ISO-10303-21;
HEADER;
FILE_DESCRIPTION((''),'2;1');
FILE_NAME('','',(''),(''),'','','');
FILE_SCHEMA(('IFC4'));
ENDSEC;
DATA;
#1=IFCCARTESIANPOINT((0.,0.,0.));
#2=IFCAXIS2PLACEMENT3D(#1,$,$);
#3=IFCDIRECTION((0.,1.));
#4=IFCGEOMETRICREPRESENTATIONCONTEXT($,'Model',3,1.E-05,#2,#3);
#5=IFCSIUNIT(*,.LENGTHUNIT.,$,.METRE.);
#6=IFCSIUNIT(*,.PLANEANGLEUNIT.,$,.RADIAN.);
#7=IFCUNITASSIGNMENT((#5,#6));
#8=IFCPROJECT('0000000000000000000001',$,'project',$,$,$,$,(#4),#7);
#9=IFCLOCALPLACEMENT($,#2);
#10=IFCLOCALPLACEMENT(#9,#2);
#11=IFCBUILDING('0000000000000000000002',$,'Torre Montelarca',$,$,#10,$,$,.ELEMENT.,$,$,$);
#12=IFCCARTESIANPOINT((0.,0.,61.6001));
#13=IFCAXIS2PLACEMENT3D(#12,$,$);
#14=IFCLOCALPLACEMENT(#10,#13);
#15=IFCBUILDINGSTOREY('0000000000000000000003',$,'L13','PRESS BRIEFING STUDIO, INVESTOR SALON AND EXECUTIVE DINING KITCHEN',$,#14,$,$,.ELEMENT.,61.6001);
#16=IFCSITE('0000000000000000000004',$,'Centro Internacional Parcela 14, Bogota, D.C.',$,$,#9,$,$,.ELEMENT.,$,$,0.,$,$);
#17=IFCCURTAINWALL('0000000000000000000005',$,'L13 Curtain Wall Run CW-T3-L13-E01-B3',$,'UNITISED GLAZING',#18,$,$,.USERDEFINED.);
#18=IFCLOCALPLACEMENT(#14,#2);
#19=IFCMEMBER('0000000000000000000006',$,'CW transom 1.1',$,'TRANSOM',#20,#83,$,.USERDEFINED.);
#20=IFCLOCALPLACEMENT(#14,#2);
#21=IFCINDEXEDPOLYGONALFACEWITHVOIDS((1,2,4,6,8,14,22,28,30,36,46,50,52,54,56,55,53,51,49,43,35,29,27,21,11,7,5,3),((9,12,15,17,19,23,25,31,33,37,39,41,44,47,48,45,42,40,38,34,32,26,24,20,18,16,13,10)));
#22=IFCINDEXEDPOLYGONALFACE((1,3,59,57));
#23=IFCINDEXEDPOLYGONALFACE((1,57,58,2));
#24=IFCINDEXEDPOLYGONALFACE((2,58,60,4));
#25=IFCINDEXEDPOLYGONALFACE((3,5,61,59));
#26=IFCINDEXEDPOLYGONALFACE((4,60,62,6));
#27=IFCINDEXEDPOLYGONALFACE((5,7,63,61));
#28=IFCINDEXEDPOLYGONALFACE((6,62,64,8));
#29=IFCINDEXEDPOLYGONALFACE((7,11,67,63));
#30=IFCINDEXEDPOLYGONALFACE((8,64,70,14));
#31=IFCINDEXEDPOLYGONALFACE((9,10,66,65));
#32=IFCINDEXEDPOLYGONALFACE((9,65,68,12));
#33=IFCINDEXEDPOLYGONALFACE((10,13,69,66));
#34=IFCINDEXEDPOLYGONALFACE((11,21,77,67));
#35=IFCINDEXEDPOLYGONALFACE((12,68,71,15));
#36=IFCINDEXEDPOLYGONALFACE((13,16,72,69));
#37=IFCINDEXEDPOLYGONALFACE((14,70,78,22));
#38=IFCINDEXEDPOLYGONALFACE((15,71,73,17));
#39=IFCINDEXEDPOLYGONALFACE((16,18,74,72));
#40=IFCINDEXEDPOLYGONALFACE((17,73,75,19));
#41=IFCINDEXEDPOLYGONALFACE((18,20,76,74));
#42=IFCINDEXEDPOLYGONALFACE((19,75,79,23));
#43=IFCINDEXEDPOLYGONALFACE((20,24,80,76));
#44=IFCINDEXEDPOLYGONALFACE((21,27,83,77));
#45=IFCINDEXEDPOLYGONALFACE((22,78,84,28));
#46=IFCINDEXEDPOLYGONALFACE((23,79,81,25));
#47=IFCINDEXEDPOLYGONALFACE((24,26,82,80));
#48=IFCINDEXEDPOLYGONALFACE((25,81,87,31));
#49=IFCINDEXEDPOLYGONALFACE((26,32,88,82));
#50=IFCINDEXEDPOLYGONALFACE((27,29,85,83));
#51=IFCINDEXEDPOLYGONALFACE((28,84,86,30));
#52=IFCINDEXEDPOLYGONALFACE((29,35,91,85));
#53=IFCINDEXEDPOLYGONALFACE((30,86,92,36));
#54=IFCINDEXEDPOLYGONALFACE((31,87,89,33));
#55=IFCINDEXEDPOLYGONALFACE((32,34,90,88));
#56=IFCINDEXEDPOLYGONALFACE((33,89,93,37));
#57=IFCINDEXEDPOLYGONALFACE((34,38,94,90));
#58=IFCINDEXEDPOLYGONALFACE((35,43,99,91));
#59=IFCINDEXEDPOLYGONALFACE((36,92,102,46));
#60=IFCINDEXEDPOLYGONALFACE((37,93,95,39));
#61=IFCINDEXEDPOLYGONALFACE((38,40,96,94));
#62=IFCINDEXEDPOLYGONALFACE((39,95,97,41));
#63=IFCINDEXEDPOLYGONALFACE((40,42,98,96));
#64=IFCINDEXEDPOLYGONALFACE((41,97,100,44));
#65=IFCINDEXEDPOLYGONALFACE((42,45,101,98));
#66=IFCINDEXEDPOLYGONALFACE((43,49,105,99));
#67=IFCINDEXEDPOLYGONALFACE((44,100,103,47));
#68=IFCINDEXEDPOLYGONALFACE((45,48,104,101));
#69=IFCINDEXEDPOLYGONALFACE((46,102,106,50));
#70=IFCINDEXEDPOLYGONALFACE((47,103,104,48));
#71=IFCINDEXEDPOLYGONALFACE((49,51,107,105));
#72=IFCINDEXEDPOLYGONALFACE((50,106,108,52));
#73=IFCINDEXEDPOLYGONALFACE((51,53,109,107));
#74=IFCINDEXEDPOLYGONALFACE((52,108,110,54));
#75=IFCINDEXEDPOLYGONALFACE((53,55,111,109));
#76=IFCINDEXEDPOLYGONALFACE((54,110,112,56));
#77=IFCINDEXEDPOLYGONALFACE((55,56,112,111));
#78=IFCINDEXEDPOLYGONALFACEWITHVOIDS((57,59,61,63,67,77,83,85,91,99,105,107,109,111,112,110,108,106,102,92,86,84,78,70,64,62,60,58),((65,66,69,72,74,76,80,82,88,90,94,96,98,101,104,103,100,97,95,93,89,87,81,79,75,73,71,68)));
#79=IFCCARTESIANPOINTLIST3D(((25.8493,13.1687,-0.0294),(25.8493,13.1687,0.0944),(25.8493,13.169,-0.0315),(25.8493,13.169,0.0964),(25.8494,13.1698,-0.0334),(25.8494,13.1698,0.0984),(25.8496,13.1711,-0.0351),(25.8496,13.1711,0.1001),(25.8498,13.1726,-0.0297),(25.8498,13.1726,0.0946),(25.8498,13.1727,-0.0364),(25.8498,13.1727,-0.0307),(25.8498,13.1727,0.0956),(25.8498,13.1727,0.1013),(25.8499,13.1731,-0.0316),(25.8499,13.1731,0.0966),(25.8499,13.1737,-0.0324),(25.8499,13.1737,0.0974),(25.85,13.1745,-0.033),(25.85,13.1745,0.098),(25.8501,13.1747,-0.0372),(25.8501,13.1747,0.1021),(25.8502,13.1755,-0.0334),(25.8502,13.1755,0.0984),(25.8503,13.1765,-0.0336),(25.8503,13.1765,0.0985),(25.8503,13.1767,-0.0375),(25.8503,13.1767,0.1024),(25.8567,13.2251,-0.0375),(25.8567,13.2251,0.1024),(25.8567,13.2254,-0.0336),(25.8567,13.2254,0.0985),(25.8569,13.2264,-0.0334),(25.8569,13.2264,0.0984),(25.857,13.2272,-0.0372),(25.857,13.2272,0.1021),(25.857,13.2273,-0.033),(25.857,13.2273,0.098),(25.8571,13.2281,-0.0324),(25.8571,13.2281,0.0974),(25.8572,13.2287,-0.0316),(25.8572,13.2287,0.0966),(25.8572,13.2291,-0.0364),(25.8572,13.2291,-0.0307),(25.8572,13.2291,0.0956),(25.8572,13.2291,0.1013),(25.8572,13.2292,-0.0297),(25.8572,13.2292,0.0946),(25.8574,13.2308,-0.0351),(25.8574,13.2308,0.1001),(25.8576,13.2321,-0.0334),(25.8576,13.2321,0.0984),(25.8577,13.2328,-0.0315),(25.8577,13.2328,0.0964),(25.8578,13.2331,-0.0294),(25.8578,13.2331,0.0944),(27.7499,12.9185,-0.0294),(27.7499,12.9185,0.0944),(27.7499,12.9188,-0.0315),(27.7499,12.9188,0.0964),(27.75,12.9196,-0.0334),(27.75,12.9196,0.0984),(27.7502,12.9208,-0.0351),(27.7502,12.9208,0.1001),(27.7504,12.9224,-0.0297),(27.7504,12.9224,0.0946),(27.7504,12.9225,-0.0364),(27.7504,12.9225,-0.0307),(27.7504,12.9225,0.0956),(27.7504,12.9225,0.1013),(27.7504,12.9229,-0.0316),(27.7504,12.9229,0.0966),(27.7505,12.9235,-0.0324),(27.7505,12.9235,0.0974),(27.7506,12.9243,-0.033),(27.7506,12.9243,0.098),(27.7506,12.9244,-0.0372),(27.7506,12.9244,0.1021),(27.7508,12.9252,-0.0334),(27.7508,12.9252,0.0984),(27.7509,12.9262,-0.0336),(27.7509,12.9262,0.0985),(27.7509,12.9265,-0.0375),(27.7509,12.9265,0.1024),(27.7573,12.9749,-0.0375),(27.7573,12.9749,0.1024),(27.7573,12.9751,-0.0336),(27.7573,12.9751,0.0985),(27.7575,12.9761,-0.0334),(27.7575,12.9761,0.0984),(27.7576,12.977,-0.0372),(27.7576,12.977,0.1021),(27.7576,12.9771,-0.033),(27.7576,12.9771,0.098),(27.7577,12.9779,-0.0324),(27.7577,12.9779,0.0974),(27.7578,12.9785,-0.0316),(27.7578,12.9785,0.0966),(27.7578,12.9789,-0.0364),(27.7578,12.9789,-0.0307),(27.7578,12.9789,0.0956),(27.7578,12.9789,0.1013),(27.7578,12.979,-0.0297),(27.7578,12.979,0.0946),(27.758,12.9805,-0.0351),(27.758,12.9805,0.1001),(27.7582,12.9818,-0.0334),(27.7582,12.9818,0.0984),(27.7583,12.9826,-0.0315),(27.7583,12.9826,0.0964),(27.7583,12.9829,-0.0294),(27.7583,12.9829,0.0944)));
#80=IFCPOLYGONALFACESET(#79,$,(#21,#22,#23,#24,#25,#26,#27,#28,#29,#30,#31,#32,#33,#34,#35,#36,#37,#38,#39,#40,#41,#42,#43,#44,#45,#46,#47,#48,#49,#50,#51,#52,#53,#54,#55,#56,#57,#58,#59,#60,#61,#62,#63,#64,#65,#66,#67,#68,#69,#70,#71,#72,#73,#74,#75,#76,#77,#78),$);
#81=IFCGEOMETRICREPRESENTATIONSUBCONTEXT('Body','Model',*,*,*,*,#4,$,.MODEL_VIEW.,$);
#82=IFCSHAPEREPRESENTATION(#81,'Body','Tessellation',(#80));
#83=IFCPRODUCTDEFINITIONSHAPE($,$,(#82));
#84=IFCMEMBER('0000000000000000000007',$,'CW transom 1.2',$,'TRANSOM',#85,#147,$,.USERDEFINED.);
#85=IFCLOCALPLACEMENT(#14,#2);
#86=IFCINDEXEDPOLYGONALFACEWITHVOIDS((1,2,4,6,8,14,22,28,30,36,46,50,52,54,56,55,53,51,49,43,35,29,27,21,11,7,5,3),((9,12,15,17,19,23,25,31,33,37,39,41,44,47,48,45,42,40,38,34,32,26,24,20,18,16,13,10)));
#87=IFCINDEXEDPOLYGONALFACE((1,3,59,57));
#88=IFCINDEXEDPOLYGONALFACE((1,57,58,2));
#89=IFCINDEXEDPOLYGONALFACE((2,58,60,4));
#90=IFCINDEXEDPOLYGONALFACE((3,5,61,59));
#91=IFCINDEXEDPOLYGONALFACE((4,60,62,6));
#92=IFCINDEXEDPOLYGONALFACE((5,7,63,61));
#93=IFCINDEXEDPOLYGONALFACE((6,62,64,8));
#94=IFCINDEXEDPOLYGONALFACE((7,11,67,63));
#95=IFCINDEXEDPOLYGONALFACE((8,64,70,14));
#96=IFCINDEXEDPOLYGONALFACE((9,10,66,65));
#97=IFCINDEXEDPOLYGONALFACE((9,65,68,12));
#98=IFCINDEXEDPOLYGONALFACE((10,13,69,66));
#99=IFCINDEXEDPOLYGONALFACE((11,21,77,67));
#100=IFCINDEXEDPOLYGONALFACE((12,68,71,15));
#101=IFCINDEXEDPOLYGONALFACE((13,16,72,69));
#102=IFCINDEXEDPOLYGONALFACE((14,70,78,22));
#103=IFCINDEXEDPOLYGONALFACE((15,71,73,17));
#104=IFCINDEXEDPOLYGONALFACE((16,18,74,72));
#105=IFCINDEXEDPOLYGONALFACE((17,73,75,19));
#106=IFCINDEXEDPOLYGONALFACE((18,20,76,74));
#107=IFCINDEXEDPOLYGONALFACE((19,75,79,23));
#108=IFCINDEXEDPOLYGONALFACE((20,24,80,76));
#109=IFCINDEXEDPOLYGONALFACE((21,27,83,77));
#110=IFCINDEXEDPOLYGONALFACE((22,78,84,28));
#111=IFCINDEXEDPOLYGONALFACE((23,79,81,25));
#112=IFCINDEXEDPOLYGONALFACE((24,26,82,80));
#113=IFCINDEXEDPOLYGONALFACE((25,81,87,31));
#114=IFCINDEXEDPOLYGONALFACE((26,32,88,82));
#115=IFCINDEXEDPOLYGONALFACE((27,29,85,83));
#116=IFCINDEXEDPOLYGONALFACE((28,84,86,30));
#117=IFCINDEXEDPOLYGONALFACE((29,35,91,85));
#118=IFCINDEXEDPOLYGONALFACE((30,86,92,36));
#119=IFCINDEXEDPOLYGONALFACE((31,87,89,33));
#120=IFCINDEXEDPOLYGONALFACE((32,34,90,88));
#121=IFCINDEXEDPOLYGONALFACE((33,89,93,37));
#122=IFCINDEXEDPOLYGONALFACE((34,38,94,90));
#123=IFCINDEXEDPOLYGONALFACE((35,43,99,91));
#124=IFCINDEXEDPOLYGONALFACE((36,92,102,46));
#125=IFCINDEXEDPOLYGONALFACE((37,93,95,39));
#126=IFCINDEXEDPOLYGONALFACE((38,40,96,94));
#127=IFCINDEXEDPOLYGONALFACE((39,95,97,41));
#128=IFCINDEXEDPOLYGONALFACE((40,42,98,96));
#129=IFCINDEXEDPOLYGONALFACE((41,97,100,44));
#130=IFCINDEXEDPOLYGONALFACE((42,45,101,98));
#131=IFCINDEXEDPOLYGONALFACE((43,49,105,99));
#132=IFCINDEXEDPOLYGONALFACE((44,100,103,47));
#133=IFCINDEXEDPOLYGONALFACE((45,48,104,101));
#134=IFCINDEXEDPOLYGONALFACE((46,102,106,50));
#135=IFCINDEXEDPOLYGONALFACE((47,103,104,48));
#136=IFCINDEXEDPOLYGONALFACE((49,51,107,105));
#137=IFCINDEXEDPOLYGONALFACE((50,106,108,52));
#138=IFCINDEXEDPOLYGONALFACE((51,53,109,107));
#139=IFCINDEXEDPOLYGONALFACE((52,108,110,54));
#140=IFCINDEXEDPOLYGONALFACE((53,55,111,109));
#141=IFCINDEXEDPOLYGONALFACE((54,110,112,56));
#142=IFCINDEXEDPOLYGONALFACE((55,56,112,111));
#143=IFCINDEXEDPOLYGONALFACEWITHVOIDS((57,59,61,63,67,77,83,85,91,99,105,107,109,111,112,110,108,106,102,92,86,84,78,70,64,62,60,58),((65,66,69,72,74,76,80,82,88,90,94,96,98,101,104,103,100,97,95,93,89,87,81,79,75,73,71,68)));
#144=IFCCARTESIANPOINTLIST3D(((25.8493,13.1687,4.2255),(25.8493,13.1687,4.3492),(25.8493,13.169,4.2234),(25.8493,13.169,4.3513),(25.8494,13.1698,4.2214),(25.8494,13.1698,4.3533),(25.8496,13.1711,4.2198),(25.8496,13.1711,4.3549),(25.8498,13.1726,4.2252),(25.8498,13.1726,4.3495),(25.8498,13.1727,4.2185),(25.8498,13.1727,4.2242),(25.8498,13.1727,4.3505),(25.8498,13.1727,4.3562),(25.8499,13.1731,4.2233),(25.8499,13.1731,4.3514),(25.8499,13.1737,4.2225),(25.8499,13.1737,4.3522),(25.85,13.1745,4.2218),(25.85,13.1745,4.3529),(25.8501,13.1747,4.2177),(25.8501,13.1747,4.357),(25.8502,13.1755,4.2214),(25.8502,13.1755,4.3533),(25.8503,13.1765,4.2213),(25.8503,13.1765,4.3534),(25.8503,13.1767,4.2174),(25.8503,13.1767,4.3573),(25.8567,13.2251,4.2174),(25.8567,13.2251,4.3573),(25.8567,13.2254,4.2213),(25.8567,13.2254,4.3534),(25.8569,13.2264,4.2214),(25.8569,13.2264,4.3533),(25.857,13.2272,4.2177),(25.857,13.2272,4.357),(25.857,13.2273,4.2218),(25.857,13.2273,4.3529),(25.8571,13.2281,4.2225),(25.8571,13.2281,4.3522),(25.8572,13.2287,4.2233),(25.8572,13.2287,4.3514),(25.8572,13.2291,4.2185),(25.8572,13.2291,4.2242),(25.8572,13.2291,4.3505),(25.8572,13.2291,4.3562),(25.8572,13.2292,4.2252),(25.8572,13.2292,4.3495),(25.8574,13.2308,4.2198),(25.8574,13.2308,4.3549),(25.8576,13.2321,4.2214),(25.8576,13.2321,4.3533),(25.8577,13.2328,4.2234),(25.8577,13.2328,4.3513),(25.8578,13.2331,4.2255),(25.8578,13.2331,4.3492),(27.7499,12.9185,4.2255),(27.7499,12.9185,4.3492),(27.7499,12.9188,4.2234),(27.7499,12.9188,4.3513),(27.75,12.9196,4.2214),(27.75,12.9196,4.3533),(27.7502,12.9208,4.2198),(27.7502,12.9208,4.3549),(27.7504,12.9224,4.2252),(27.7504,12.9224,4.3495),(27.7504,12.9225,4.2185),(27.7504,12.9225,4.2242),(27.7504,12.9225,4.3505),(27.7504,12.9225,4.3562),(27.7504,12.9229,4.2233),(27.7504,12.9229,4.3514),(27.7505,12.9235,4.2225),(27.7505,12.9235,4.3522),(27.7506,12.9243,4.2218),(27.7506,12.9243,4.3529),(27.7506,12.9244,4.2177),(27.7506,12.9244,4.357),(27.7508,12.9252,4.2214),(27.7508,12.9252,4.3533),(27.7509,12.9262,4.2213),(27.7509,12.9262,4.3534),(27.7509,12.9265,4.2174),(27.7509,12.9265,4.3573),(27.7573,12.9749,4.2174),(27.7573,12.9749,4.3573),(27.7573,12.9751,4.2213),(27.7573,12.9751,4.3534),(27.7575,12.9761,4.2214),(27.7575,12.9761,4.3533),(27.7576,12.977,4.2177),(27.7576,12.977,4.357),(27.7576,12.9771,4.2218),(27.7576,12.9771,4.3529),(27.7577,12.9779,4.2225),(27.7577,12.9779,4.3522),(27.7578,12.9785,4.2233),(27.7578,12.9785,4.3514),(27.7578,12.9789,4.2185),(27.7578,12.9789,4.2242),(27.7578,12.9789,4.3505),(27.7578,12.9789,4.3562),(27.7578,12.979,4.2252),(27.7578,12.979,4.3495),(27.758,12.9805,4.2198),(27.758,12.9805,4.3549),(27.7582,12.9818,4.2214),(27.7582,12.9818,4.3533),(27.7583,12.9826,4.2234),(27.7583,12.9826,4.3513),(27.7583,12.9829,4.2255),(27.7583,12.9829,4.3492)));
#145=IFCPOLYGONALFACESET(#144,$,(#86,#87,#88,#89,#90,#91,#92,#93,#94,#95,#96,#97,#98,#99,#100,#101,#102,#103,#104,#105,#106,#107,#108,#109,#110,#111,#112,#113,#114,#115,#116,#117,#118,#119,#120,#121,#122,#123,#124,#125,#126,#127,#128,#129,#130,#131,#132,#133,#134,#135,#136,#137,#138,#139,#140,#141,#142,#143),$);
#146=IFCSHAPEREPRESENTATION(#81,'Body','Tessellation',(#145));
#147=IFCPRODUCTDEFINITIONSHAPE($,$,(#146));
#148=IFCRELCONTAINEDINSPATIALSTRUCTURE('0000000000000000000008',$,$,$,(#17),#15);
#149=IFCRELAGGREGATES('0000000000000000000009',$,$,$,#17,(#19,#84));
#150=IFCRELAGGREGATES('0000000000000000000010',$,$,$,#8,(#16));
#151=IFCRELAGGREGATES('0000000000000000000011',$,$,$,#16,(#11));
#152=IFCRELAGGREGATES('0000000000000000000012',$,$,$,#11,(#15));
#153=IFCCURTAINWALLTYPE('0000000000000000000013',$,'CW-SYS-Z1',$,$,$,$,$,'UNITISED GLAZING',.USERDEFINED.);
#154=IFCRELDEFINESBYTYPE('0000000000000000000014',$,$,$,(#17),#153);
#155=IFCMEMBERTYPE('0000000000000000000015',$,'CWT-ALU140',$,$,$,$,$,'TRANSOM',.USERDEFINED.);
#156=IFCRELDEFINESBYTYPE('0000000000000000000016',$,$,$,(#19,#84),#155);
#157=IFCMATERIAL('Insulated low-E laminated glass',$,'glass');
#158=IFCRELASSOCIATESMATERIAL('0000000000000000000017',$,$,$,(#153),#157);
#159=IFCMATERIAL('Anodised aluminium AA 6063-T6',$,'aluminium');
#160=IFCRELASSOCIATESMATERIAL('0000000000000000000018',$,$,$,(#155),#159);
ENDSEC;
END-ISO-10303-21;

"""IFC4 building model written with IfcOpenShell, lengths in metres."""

from ifc_helpers import new_model, si_unit, direction, frame, origin, origin_2d, place, context, subcontext, project, spatial, hollow_rectangle, extrude, source, transform, mapped, material, material_profile, profile_set, type_object, element, aggregate, save


model = new_model("IFC4")

# Units and contexts
model_context = context("Model", 3, precision=1e-05, world=origin(), true_north=direction((0.0, 1.0)))
body_context = subcontext(model_context, "Body", "Model", "MODEL_VIEW")
ifc_project = project(units=[si_unit("LENGTHUNIT", "METRE"), si_unit("PLANEANGLEUNIT", "RADIAN")], contexts=[model_context])

# Site, building, storey
site_placement = place(None, origin())
site = spatial("IfcSite", under=ifc_project, at=site_placement, Name="Centro Internacional Parcela 14, Bogota, D.C.", CompositionType="ELEMENT", RefElevation=0.0)
building_placement = place(site_placement, origin())
building = spatial("IfcBuilding", under=site, at=building_placement, Name="Torre Montelarca", CompositionType="ELEMENT")
storey_placement = place(building_placement, frame((0.0, 0.0, 61.6001)))
storey = spatial("IfcBuildingStorey", under=building, at=storey_placement, Name="L13", Description="PRESS BRIEFING STUDIO, INVESTOR SALON AND EXECUTIVE DINING KITCHEN", CompositionType="ELEMENT", Elevation=61.6001)

# Curtain wall, members
ifc_material_1 = material(Name="Insulated low-E laminated glass", Category="glass")
curtain_wall_type = type_object("IfcCurtainWallType", Name="CW-SYS-Z1", ElementType="UNITISED GLAZING", PredefinedType="USERDEFINED", material=ifc_material_1)
curtain_wall_1_placement = place(storey_placement, origin())
curtain_wall_1 = element("IfcCurtainWall", 1, at=curtain_wall_1_placement, inside=storey, type_object=curtain_wall_type, Name="L13 Curtain Wall Run CW-T3-L13-E01-B3", ObjectType="UNITISED GLAZING", PredefinedType="USERDEFINED")
ifc_material_2 = material(Name="Anodised aluminium AA 6063-T6", Category="aluminium")
ifc_material_profile_1 = material_profile(ifc_material_2, hollow_rectangle(XDim=0.0649, YDim=0.1399, WallThickness=0.0039, InnerFilletRadius=0.0039, OuterFilletRadius=0.0081, at=origin_2d()), Name="ALU65X140X4", Category="aluminium")
ifc_profile_set_1 = profile_set([ifc_material_profile_1], Name="Anodised aluminium AA 6063-T6")
member_type_1 = type_object("IfcMemberType", Name="CWT-ALU140", ElementType="TRANSOM", PredefinedType="USERDEFINED", material=ifc_profile_set_1)
shared_shape_1 = source(origin(), body_context, "Body", "SweptSolid", [
    extrude(hollow_rectangle(XDim=0.0649, YDim=0.1399, WallThickness=0.0039, InnerFilletRadius=0.0039, OuterFilletRadius=0.0081, at=origin_2d()), origin(), (0.0, 0.0, 1.0), 1.917),
])
member_1_placement = place(storey_placement, frame((25.8535, 13.2009, 0.0325), z_axis=(0.991443, -0.130537, 0.0), x_axis=(0.130537, 0.991443, 0.0)))
member_1 = element("IfcMember", 2, at=member_1_placement, type_object=member_type_1, Name="CW transom 1.1", ObjectType="TRANSOM", PredefinedType="USERDEFINED", context=body_context, shape_type="MappedRepresentation", body=[
    mapped(shared_shape_1, transform((0.0, 0.0, 0.0), scale=1.0)),
])
member_2_placement = place(storey_placement, frame((25.8535, 13.2009, 4.2874), z_axis=(0.991443, -0.130537, 0.0), x_axis=(0.130537, 0.991443, 0.0)))
member_2 = element("IfcMember", 3, at=member_2_placement, type_object=member_type_1, Name="CW transom 1.2", ObjectType="TRANSOM", PredefinedType="USERDEFINED", context=body_context, shape_type="MappedRepresentation", body=[
    mapped(shared_shape_1, transform((0.0, 0.0, 0.0), scale=1.0)),
])

aggregate(curtain_wall_1, [member_1, member_2])

save(model, "model.ifc")
